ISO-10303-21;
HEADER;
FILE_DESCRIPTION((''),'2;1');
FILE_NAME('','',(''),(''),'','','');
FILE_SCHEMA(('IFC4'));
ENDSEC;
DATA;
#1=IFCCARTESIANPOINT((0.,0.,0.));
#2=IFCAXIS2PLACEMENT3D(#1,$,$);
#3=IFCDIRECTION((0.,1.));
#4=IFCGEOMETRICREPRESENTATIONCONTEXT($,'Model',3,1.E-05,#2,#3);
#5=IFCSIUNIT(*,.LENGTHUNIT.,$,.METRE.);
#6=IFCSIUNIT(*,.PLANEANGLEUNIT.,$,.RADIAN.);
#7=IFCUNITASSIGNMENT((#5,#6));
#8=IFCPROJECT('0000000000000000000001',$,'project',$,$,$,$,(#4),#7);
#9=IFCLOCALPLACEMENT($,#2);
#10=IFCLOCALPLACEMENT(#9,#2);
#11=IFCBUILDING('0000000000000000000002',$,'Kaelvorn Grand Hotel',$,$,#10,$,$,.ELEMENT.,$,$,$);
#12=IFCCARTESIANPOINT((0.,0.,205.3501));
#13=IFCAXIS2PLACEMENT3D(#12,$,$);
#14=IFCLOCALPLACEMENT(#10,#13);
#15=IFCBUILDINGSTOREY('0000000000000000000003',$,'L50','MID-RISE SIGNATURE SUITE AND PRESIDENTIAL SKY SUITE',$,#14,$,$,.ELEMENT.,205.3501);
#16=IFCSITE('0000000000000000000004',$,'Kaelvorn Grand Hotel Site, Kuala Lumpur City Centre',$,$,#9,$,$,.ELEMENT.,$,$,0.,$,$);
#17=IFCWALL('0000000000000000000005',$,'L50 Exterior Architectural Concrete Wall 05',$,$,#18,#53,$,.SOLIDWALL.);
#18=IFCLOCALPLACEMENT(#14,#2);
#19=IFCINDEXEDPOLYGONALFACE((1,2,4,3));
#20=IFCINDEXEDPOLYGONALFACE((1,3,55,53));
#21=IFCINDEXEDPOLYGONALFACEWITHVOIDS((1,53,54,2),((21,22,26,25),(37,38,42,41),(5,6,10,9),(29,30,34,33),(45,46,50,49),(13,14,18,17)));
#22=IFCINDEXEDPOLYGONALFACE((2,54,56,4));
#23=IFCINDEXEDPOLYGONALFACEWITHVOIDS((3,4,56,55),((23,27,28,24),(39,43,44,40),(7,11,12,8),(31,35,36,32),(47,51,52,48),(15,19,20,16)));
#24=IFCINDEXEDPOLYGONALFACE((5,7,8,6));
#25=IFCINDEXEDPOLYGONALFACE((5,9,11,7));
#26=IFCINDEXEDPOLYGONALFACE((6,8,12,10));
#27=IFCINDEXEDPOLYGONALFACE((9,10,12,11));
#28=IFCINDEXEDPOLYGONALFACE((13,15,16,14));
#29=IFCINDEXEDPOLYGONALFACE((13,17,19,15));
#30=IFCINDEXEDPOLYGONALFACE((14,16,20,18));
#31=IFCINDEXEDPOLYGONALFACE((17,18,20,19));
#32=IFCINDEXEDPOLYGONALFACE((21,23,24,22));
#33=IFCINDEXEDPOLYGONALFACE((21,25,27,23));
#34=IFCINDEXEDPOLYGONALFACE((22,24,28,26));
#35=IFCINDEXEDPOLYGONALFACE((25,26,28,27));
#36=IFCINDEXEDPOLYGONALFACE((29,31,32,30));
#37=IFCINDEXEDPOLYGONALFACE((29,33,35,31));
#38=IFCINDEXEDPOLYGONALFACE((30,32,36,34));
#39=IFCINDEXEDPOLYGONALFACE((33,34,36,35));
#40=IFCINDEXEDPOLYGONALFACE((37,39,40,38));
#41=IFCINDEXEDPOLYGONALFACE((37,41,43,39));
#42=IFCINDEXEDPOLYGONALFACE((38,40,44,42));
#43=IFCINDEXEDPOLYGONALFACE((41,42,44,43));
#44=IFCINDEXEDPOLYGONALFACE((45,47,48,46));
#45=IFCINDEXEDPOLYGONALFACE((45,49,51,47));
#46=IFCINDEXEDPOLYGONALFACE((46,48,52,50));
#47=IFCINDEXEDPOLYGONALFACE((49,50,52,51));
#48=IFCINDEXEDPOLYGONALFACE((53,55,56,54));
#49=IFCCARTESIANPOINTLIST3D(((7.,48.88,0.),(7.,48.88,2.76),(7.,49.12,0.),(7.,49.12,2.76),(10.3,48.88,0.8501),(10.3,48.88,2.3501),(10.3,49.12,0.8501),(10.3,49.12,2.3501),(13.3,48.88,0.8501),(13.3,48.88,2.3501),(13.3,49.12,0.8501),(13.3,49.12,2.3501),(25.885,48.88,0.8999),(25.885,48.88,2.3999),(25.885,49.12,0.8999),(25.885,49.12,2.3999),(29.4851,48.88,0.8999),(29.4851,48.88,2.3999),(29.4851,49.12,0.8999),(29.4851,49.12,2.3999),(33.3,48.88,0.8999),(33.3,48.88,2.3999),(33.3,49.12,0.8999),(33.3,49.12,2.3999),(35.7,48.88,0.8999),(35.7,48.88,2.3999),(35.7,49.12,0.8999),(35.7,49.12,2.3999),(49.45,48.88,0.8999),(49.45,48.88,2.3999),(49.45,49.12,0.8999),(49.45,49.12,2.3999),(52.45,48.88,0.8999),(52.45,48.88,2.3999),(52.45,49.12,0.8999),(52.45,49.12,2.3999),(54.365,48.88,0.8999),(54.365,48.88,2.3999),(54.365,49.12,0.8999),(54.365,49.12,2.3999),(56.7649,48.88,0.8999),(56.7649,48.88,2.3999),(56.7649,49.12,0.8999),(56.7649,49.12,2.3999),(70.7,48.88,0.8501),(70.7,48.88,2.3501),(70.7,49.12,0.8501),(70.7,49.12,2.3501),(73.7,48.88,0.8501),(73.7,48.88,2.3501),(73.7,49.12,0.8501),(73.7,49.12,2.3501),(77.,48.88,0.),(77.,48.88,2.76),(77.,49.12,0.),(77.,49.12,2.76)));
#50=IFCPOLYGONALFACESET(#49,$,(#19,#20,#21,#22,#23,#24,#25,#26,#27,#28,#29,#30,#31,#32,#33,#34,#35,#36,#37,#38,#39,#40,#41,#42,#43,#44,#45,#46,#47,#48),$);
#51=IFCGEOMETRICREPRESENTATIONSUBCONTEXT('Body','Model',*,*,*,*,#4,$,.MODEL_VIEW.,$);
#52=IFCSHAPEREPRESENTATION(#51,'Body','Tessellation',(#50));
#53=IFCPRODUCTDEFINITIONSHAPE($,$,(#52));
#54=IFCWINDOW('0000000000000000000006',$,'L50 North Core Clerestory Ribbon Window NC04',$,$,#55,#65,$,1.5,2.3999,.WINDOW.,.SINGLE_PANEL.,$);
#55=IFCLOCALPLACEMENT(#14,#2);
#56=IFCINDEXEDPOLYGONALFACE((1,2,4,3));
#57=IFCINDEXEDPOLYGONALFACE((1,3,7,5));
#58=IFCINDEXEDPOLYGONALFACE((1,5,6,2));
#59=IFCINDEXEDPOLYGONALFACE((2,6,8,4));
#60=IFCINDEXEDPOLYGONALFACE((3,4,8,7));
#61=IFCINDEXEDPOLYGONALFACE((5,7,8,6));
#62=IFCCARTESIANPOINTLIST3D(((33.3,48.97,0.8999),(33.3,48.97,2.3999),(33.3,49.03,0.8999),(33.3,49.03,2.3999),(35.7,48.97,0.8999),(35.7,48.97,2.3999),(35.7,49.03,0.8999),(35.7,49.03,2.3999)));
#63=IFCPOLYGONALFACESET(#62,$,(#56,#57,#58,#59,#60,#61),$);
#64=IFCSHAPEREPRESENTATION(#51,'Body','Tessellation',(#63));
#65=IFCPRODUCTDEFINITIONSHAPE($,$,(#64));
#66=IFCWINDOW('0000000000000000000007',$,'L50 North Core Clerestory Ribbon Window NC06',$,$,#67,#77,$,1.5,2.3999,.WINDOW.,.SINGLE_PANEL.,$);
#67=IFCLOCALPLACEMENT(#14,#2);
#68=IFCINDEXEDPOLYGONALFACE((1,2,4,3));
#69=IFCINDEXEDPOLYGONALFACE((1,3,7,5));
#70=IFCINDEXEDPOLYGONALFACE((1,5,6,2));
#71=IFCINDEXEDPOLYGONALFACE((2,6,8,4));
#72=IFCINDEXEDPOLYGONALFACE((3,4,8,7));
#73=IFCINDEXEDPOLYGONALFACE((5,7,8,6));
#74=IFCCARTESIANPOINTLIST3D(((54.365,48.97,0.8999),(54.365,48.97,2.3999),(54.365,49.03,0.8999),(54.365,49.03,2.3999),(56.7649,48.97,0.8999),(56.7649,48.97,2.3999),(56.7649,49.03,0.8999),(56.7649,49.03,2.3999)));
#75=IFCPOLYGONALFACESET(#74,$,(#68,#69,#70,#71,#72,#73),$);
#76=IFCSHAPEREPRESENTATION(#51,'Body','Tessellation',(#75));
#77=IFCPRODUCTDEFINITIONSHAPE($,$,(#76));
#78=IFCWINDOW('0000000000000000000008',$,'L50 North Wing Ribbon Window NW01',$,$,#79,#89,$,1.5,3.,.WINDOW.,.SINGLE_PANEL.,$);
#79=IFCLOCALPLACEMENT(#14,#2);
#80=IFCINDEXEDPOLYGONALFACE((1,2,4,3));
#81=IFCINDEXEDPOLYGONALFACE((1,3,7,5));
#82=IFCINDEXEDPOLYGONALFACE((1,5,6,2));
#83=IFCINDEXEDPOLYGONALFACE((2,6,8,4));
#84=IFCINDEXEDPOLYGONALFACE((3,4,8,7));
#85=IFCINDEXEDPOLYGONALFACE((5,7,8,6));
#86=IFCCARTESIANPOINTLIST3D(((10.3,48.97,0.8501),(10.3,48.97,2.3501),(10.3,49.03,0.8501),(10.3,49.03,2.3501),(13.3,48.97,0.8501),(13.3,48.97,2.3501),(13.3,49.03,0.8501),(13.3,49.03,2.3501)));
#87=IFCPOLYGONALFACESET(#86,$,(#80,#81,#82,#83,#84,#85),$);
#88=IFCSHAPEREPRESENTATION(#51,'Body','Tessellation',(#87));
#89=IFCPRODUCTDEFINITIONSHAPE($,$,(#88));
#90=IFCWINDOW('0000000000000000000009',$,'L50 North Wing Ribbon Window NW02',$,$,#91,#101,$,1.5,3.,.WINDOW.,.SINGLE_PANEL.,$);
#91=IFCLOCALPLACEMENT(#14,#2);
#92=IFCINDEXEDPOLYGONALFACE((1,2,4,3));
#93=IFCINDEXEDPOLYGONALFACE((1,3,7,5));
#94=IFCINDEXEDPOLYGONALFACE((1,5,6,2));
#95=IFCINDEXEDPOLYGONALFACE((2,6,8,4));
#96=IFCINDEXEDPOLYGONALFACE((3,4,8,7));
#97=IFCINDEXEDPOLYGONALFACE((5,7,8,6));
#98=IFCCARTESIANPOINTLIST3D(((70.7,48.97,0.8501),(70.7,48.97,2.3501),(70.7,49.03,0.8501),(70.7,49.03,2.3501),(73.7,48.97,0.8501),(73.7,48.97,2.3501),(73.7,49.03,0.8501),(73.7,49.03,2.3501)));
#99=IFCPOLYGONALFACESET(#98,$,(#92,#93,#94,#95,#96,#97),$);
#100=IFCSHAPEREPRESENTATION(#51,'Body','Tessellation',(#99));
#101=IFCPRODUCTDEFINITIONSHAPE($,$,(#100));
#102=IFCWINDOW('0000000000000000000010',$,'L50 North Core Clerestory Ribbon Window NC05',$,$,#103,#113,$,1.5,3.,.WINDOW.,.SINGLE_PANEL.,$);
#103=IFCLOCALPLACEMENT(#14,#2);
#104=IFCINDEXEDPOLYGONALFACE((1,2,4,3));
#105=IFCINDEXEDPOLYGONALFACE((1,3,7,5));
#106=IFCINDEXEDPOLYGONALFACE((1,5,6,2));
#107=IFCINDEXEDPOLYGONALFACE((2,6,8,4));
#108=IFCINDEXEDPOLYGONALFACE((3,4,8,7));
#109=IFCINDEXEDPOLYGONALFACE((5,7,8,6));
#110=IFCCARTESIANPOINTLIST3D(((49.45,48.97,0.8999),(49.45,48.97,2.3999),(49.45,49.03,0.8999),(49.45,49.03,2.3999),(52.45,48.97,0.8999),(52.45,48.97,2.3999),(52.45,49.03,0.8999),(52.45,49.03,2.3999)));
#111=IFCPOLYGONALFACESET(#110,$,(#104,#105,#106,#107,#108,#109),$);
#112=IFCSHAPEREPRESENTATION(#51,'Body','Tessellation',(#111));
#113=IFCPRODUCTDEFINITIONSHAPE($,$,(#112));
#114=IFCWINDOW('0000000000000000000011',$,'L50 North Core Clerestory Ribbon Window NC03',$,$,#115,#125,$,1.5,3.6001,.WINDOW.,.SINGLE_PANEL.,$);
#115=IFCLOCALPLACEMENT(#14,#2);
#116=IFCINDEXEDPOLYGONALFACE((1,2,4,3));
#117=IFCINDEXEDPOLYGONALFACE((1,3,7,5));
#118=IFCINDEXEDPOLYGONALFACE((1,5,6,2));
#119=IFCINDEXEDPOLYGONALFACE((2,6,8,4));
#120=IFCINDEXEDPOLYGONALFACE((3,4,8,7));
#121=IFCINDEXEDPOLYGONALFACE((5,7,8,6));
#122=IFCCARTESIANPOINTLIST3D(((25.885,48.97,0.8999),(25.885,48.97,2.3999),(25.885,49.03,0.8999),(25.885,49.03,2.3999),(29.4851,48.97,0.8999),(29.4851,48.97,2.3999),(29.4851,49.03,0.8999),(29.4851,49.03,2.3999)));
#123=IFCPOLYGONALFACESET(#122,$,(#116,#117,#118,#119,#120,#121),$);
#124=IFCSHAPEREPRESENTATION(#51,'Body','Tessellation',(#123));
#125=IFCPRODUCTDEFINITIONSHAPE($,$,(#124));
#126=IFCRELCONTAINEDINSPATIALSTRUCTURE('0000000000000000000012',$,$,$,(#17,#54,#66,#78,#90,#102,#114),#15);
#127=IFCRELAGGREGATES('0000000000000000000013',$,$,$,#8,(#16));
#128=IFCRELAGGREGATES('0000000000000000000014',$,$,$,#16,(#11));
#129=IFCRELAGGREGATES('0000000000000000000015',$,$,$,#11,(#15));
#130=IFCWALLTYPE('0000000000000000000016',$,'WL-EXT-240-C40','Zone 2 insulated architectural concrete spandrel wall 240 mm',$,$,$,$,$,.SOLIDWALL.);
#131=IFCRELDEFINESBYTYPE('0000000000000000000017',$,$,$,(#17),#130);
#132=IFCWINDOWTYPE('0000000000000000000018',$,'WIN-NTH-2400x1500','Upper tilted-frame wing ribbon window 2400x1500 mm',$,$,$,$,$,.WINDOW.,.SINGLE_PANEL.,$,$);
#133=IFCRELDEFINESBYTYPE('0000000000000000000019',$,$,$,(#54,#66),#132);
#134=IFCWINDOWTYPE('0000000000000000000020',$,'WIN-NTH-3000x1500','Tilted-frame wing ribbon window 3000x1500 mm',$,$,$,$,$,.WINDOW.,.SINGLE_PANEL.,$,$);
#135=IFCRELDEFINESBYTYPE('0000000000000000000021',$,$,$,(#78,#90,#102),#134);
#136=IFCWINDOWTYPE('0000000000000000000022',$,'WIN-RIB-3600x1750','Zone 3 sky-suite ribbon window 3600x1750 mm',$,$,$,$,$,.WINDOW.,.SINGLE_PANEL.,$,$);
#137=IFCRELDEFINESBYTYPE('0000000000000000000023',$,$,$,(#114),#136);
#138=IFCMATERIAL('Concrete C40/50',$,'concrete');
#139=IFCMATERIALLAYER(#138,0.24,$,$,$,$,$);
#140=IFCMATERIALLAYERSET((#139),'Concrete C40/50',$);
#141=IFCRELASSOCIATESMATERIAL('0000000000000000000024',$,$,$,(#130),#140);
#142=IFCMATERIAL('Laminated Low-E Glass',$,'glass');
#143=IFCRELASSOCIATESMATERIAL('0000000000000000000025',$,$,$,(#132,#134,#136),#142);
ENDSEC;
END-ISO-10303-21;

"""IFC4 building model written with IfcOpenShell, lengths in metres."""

from ifc_helpers import new_model, si_unit, direction, frame, frame_2d, origin, place, context, subcontext, project, spatial, rectangle, extrude, material, layer, layer_set, type_object, element, fill, save


model = new_model("IFC4")

# Units and contexts
model_context = context("Model", 3, precision=1e-05, world=origin(), true_north=direction((0.0, 1.0)))
body_context = subcontext(model_context, "Body", "Model", "MODEL_VIEW")
ifc_project = project(units=[si_unit("LENGTHUNIT", "METRE"), si_unit("PLANEANGLEUNIT", "RADIAN")], contexts=[model_context])

# Site, building, storey
site_placement = place(None, origin())
site = spatial("IfcSite", under=ifc_project, at=site_placement, Name="Kaelvorn Grand Hotel Site, Kuala Lumpur City Centre", CompositionType="ELEMENT", RefElevation=0.0)
building_placement = place(site_placement, origin())
building = spatial("IfcBuilding", under=site, at=building_placement, Name="Kaelvorn Grand Hotel", CompositionType="ELEMENT")
storey_placement = place(building_placement, frame((0.0, 0.0, 205.3501)))
storey = spatial("IfcBuildingStorey", under=building, at=storey_placement, Name="L50", Description="MID-RISE SIGNATURE SUITE AND PRESIDENTIAL SKY SUITE", CompositionType="ELEMENT", Elevation=205.3501)

# Shared definitions
ifc_material_1 = material(Name="Concrete C40/50", Category="concrete")
ifc_layer_1 = layer(ifc_material_1, 0.24)
ifc_layer_set_1 = layer_set([ifc_layer_1], Name="Concrete C40/50")
wall_type = type_object("IfcWallType", Name="WL-EXT-240-C40", Description="Zone 2 insulated architectural concrete spandrel wall 240 mm", PredefinedType="SOLIDWALL", material=ifc_layer_set_1)
ifc_material_2 = material(Name="Laminated Low-E Glass", Category="glass")

# Wall, openings, windows
wall_1_placement = place(storey_placement, frame((77.0, 49.0, 0.0), z_axis=(0.0, 0.0, 1.0), x_axis=(-1.0, 0.0, 0.0)))
wall_1 = element("IfcWall", 1, at=wall_1_placement, inside=storey, type_object=wall_type, Name="L50 Exterior Architectural Concrete Wall 05", PredefinedType="SOLIDWALL", context=body_context, shape_type="SweptSolid", body=[
    extrude(rectangle(XDim=70.0, YDim=0.24, at=frame_2d((35.0, 0.0))), origin(), (0.0, 0.0, 1.0), 2.76),
])
opening_1_placement = place(wall_1_placement, frame((63.7, 0.0, 0.8501)))
opening_1 = element("IfcOpeningElement", 2, at=opening_1_placement, cuts=wall_1, PredefinedType="OPENING", context=body_context, shape_type="SweptSolid", body=[
    extrude(rectangle(XDim=3.0, YDim=1.5, at=frame_2d((1.5, 0.75))), frame((0.0, 0.1299, 0.0), z_axis=(0.0, -1.0, 0.0), x_axis=(1.0, 0.0, 0.0)), (0.0, 0.0, 1.0), 0.26),
])
opening_2_placement = place(wall_1_placement, frame((3.3, 0.0, 0.8501)))
opening_2 = element("IfcOpeningElement", 3, at=opening_2_placement, cuts=wall_1, PredefinedType="OPENING", context=body_context, shape_type="SweptSolid", body=[
    extrude(rectangle(XDim=3.0, YDim=1.5, at=frame_2d((1.5, 0.75))), frame((0.0, 0.1299, 0.0), z_axis=(0.0, -1.0, 0.0), x_axis=(1.0, 0.0, 0.0)), (0.0, 0.0, 1.0), 0.26),
])
opening_3_placement = place(wall_1_placement, frame((47.5149, 0.0, 0.8999)))
opening_3 = element("IfcOpeningElement", 4, at=opening_3_placement, cuts=wall_1, PredefinedType="OPENING", context=body_context, shape_type="SweptSolid", body=[
    extrude(rectangle(XDim=3.6001, YDim=1.5, at=frame_2d((1.8, 0.75))), frame((0.0, 0.1299, 0.0), z_axis=(0.0, -1.0, 0.0), x_axis=(1.0, 0.0, 0.0)), (0.0, 0.0, 1.0), 0.26),
])
opening_4_placement = place(wall_1_placement, frame((41.3, 0.0, 0.8999)))
opening_4 = element("IfcOpeningElement", 5, at=opening_4_placement, cuts=wall_1, PredefinedType="OPENING", context=body_context, shape_type="SweptSolid", body=[
    extrude(rectangle(XDim=2.3999, YDim=1.5, at=frame_2d((1.2, 0.75))), frame((0.0, 0.1299, 0.0), z_axis=(0.0, -1.0, 0.0), x_axis=(1.0, 0.0, 0.0)), (0.0, 0.0, 1.0), 0.26),
])
opening_5_placement = place(wall_1_placement, frame((24.55, 0.0, 0.8999)))
opening_5 = element("IfcOpeningElement", 6, at=opening_5_placement, cuts=wall_1, PredefinedType="OPENING", context=body_context, shape_type="SweptSolid", body=[
    extrude(rectangle(XDim=3.0, YDim=1.5, at=frame_2d((1.5, 0.75))), frame((0.0, 0.1299, 0.0), z_axis=(0.0, -1.0, 0.0), x_axis=(1.0, 0.0, 0.0)), (0.0, 0.0, 1.0), 0.26),
])
opening_6_placement = place(wall_1_placement, frame((20.2351, 0.0, 0.8999)))
opening_6 = element("IfcOpeningElement", 7, at=opening_6_placement, cuts=wall_1, PredefinedType="OPENING", context=body_context, shape_type="SweptSolid", body=[
    extrude(rectangle(XDim=2.3999, YDim=1.5, at=frame_2d((1.2, 0.75))), frame((0.0, 0.1299, 0.0), z_axis=(0.0, -1.0, 0.0), x_axis=(1.0, 0.0, 0.0)), (0.0, 0.0, 1.0), 0.26),
])
window_type_1 = type_object("IfcWindowType", Name="WIN-NTH-2400x1500", Description="Upper tilted-frame wing ribbon window 2400x1500 mm", PartitioningType="SINGLE_PANEL", PredefinedType="WINDOW", material=ifc_material_2)
window_1_placement = place(opening_4_placement, origin())
window_1 = element("IfcWindow", 8, at=window_1_placement, inside=storey, type_object=window_type_1, Name="L50 North Core Clerestory Ribbon Window NC04", OverallHeight=1.5, OverallWidth=2.3999, PartitioningType="SINGLE_PANEL", PredefinedType="WINDOW", context=body_context, shape_type="SweptSolid", body=[
    extrude(rectangle(XDim=2.3999, YDim=1.5, at=frame_2d((1.2, 0.75))), frame((0.0, 0.03, 0.0), z_axis=(0.0, -1.0, 0.0), x_axis=(1.0, 0.0, 0.0)), (0.0, 0.0, 1.0), 0.0601),
])
fill(opening_4, window_1)
window_2_placement = place(opening_6_placement, origin())
window_2 = element("IfcWindow", 9, at=window_2_placement, inside=storey, type_object=window_type_1, Name="L50 North Core Clerestory Ribbon Window NC06", OverallHeight=1.5, OverallWidth=2.3999, PartitioningType="SINGLE_PANEL", PredefinedType="WINDOW", context=body_context, shape_type="SweptSolid", body=[
    extrude(rectangle(XDim=2.3999, YDim=1.5, at=frame_2d((1.2, 0.75))), frame((0.0, 0.03, 0.0), z_axis=(0.0, -1.0, 0.0), x_axis=(1.0, 0.0, 0.0)), (0.0, 0.0, 1.0), 0.0601),
])
fill(opening_6, window_2)
window_type_2 = type_object("IfcWindowType", Name="WIN-NTH-3000x1500", Description="Tilted-frame wing ribbon window 3000x1500 mm", PartitioningType="SINGLE_PANEL", PredefinedType="WINDOW", material=ifc_material_2)
window_3_placement = place(opening_1_placement, origin())
window_3 = element("IfcWindow", 10, at=window_3_placement, inside=storey, type_object=window_type_2, Name="L50 North Wing Ribbon Window NW01", OverallHeight=1.5, OverallWidth=3.0, PartitioningType="SINGLE_PANEL", PredefinedType="WINDOW", context=body_context, shape_type="SweptSolid", body=[
    extrude(rectangle(XDim=3.0, YDim=1.5, at=frame_2d((1.5, 0.75))), frame((0.0, 0.03, 0.0), z_axis=(0.0, -1.0, 0.0), x_axis=(1.0, 0.0, 0.0)), (0.0, 0.0, 1.0), 0.0601),
])
fill(opening_1, window_3)
window_4_placement = place(opening_2_placement, origin())
window_4 = element("IfcWindow", 11, at=window_4_placement, inside=storey, type_object=window_type_2, Name="L50 North Wing Ribbon Window NW02", OverallHeight=1.5, OverallWidth=3.0, PartitioningType="SINGLE_PANEL", PredefinedType="WINDOW", context=body_context, shape_type="SweptSolid", body=[
    extrude(rectangle(XDim=3.0, YDim=1.5, at=frame_2d((1.5, 0.75))), frame((0.0, 0.03, 0.0), z_axis=(0.0, -1.0, 0.0), x_axis=(1.0, 0.0, 0.0)), (0.0, 0.0, 1.0), 0.0601),
])
fill(opening_2, window_4)
window_5_placement = place(opening_5_placement, origin())
window_5 = element("IfcWindow", 12, at=window_5_placement, inside=storey, type_object=window_type_2, Name="L50 North Core Clerestory Ribbon Window NC05", OverallHeight=1.5, OverallWidth=3.0, PartitioningType="SINGLE_PANEL", PredefinedType="WINDOW", context=body_context, shape_type="SweptSolid", body=[
    extrude(rectangle(XDim=3.0, YDim=1.5, at=frame_2d((1.5, 0.75))), frame((0.0, 0.03, 0.0), z_axis=(0.0, -1.0, 0.0), x_axis=(1.0, 0.0, 0.0)), (0.0, 0.0, 1.0), 0.0601),
])
fill(opening_5, window_5)
window_type_3 = type_object("IfcWindowType", Name="WIN-RIB-3600x1750", Description="Zone 3 sky-suite ribbon window 3600x1750 mm", PartitioningType="SINGLE_PANEL", PredefinedType="WINDOW", material=ifc_material_2)
window_6_placement = place(opening_3_placement, origin())
window_6 = element("IfcWindow", 13, at=window_6_placement, inside=storey, type_object=window_type_3, Name="L50 North Core Clerestory Ribbon Window NC03", OverallHeight=1.5, OverallWidth=3.6001, PartitioningType="SINGLE_PANEL", PredefinedType="WINDOW", context=body_context, shape_type="SweptSolid", body=[
    extrude(rectangle(XDim=3.6001, YDim=1.5, at=frame_2d((1.8, 0.75))), frame((0.0, 0.03, 0.0), z_axis=(0.0, -1.0, 0.0), x_axis=(1.0, 0.0, 0.0)), (0.0, 0.0, 1.0), 0.0601),
])
fill(opening_3, window_6)

save(model, "model.ifc")
